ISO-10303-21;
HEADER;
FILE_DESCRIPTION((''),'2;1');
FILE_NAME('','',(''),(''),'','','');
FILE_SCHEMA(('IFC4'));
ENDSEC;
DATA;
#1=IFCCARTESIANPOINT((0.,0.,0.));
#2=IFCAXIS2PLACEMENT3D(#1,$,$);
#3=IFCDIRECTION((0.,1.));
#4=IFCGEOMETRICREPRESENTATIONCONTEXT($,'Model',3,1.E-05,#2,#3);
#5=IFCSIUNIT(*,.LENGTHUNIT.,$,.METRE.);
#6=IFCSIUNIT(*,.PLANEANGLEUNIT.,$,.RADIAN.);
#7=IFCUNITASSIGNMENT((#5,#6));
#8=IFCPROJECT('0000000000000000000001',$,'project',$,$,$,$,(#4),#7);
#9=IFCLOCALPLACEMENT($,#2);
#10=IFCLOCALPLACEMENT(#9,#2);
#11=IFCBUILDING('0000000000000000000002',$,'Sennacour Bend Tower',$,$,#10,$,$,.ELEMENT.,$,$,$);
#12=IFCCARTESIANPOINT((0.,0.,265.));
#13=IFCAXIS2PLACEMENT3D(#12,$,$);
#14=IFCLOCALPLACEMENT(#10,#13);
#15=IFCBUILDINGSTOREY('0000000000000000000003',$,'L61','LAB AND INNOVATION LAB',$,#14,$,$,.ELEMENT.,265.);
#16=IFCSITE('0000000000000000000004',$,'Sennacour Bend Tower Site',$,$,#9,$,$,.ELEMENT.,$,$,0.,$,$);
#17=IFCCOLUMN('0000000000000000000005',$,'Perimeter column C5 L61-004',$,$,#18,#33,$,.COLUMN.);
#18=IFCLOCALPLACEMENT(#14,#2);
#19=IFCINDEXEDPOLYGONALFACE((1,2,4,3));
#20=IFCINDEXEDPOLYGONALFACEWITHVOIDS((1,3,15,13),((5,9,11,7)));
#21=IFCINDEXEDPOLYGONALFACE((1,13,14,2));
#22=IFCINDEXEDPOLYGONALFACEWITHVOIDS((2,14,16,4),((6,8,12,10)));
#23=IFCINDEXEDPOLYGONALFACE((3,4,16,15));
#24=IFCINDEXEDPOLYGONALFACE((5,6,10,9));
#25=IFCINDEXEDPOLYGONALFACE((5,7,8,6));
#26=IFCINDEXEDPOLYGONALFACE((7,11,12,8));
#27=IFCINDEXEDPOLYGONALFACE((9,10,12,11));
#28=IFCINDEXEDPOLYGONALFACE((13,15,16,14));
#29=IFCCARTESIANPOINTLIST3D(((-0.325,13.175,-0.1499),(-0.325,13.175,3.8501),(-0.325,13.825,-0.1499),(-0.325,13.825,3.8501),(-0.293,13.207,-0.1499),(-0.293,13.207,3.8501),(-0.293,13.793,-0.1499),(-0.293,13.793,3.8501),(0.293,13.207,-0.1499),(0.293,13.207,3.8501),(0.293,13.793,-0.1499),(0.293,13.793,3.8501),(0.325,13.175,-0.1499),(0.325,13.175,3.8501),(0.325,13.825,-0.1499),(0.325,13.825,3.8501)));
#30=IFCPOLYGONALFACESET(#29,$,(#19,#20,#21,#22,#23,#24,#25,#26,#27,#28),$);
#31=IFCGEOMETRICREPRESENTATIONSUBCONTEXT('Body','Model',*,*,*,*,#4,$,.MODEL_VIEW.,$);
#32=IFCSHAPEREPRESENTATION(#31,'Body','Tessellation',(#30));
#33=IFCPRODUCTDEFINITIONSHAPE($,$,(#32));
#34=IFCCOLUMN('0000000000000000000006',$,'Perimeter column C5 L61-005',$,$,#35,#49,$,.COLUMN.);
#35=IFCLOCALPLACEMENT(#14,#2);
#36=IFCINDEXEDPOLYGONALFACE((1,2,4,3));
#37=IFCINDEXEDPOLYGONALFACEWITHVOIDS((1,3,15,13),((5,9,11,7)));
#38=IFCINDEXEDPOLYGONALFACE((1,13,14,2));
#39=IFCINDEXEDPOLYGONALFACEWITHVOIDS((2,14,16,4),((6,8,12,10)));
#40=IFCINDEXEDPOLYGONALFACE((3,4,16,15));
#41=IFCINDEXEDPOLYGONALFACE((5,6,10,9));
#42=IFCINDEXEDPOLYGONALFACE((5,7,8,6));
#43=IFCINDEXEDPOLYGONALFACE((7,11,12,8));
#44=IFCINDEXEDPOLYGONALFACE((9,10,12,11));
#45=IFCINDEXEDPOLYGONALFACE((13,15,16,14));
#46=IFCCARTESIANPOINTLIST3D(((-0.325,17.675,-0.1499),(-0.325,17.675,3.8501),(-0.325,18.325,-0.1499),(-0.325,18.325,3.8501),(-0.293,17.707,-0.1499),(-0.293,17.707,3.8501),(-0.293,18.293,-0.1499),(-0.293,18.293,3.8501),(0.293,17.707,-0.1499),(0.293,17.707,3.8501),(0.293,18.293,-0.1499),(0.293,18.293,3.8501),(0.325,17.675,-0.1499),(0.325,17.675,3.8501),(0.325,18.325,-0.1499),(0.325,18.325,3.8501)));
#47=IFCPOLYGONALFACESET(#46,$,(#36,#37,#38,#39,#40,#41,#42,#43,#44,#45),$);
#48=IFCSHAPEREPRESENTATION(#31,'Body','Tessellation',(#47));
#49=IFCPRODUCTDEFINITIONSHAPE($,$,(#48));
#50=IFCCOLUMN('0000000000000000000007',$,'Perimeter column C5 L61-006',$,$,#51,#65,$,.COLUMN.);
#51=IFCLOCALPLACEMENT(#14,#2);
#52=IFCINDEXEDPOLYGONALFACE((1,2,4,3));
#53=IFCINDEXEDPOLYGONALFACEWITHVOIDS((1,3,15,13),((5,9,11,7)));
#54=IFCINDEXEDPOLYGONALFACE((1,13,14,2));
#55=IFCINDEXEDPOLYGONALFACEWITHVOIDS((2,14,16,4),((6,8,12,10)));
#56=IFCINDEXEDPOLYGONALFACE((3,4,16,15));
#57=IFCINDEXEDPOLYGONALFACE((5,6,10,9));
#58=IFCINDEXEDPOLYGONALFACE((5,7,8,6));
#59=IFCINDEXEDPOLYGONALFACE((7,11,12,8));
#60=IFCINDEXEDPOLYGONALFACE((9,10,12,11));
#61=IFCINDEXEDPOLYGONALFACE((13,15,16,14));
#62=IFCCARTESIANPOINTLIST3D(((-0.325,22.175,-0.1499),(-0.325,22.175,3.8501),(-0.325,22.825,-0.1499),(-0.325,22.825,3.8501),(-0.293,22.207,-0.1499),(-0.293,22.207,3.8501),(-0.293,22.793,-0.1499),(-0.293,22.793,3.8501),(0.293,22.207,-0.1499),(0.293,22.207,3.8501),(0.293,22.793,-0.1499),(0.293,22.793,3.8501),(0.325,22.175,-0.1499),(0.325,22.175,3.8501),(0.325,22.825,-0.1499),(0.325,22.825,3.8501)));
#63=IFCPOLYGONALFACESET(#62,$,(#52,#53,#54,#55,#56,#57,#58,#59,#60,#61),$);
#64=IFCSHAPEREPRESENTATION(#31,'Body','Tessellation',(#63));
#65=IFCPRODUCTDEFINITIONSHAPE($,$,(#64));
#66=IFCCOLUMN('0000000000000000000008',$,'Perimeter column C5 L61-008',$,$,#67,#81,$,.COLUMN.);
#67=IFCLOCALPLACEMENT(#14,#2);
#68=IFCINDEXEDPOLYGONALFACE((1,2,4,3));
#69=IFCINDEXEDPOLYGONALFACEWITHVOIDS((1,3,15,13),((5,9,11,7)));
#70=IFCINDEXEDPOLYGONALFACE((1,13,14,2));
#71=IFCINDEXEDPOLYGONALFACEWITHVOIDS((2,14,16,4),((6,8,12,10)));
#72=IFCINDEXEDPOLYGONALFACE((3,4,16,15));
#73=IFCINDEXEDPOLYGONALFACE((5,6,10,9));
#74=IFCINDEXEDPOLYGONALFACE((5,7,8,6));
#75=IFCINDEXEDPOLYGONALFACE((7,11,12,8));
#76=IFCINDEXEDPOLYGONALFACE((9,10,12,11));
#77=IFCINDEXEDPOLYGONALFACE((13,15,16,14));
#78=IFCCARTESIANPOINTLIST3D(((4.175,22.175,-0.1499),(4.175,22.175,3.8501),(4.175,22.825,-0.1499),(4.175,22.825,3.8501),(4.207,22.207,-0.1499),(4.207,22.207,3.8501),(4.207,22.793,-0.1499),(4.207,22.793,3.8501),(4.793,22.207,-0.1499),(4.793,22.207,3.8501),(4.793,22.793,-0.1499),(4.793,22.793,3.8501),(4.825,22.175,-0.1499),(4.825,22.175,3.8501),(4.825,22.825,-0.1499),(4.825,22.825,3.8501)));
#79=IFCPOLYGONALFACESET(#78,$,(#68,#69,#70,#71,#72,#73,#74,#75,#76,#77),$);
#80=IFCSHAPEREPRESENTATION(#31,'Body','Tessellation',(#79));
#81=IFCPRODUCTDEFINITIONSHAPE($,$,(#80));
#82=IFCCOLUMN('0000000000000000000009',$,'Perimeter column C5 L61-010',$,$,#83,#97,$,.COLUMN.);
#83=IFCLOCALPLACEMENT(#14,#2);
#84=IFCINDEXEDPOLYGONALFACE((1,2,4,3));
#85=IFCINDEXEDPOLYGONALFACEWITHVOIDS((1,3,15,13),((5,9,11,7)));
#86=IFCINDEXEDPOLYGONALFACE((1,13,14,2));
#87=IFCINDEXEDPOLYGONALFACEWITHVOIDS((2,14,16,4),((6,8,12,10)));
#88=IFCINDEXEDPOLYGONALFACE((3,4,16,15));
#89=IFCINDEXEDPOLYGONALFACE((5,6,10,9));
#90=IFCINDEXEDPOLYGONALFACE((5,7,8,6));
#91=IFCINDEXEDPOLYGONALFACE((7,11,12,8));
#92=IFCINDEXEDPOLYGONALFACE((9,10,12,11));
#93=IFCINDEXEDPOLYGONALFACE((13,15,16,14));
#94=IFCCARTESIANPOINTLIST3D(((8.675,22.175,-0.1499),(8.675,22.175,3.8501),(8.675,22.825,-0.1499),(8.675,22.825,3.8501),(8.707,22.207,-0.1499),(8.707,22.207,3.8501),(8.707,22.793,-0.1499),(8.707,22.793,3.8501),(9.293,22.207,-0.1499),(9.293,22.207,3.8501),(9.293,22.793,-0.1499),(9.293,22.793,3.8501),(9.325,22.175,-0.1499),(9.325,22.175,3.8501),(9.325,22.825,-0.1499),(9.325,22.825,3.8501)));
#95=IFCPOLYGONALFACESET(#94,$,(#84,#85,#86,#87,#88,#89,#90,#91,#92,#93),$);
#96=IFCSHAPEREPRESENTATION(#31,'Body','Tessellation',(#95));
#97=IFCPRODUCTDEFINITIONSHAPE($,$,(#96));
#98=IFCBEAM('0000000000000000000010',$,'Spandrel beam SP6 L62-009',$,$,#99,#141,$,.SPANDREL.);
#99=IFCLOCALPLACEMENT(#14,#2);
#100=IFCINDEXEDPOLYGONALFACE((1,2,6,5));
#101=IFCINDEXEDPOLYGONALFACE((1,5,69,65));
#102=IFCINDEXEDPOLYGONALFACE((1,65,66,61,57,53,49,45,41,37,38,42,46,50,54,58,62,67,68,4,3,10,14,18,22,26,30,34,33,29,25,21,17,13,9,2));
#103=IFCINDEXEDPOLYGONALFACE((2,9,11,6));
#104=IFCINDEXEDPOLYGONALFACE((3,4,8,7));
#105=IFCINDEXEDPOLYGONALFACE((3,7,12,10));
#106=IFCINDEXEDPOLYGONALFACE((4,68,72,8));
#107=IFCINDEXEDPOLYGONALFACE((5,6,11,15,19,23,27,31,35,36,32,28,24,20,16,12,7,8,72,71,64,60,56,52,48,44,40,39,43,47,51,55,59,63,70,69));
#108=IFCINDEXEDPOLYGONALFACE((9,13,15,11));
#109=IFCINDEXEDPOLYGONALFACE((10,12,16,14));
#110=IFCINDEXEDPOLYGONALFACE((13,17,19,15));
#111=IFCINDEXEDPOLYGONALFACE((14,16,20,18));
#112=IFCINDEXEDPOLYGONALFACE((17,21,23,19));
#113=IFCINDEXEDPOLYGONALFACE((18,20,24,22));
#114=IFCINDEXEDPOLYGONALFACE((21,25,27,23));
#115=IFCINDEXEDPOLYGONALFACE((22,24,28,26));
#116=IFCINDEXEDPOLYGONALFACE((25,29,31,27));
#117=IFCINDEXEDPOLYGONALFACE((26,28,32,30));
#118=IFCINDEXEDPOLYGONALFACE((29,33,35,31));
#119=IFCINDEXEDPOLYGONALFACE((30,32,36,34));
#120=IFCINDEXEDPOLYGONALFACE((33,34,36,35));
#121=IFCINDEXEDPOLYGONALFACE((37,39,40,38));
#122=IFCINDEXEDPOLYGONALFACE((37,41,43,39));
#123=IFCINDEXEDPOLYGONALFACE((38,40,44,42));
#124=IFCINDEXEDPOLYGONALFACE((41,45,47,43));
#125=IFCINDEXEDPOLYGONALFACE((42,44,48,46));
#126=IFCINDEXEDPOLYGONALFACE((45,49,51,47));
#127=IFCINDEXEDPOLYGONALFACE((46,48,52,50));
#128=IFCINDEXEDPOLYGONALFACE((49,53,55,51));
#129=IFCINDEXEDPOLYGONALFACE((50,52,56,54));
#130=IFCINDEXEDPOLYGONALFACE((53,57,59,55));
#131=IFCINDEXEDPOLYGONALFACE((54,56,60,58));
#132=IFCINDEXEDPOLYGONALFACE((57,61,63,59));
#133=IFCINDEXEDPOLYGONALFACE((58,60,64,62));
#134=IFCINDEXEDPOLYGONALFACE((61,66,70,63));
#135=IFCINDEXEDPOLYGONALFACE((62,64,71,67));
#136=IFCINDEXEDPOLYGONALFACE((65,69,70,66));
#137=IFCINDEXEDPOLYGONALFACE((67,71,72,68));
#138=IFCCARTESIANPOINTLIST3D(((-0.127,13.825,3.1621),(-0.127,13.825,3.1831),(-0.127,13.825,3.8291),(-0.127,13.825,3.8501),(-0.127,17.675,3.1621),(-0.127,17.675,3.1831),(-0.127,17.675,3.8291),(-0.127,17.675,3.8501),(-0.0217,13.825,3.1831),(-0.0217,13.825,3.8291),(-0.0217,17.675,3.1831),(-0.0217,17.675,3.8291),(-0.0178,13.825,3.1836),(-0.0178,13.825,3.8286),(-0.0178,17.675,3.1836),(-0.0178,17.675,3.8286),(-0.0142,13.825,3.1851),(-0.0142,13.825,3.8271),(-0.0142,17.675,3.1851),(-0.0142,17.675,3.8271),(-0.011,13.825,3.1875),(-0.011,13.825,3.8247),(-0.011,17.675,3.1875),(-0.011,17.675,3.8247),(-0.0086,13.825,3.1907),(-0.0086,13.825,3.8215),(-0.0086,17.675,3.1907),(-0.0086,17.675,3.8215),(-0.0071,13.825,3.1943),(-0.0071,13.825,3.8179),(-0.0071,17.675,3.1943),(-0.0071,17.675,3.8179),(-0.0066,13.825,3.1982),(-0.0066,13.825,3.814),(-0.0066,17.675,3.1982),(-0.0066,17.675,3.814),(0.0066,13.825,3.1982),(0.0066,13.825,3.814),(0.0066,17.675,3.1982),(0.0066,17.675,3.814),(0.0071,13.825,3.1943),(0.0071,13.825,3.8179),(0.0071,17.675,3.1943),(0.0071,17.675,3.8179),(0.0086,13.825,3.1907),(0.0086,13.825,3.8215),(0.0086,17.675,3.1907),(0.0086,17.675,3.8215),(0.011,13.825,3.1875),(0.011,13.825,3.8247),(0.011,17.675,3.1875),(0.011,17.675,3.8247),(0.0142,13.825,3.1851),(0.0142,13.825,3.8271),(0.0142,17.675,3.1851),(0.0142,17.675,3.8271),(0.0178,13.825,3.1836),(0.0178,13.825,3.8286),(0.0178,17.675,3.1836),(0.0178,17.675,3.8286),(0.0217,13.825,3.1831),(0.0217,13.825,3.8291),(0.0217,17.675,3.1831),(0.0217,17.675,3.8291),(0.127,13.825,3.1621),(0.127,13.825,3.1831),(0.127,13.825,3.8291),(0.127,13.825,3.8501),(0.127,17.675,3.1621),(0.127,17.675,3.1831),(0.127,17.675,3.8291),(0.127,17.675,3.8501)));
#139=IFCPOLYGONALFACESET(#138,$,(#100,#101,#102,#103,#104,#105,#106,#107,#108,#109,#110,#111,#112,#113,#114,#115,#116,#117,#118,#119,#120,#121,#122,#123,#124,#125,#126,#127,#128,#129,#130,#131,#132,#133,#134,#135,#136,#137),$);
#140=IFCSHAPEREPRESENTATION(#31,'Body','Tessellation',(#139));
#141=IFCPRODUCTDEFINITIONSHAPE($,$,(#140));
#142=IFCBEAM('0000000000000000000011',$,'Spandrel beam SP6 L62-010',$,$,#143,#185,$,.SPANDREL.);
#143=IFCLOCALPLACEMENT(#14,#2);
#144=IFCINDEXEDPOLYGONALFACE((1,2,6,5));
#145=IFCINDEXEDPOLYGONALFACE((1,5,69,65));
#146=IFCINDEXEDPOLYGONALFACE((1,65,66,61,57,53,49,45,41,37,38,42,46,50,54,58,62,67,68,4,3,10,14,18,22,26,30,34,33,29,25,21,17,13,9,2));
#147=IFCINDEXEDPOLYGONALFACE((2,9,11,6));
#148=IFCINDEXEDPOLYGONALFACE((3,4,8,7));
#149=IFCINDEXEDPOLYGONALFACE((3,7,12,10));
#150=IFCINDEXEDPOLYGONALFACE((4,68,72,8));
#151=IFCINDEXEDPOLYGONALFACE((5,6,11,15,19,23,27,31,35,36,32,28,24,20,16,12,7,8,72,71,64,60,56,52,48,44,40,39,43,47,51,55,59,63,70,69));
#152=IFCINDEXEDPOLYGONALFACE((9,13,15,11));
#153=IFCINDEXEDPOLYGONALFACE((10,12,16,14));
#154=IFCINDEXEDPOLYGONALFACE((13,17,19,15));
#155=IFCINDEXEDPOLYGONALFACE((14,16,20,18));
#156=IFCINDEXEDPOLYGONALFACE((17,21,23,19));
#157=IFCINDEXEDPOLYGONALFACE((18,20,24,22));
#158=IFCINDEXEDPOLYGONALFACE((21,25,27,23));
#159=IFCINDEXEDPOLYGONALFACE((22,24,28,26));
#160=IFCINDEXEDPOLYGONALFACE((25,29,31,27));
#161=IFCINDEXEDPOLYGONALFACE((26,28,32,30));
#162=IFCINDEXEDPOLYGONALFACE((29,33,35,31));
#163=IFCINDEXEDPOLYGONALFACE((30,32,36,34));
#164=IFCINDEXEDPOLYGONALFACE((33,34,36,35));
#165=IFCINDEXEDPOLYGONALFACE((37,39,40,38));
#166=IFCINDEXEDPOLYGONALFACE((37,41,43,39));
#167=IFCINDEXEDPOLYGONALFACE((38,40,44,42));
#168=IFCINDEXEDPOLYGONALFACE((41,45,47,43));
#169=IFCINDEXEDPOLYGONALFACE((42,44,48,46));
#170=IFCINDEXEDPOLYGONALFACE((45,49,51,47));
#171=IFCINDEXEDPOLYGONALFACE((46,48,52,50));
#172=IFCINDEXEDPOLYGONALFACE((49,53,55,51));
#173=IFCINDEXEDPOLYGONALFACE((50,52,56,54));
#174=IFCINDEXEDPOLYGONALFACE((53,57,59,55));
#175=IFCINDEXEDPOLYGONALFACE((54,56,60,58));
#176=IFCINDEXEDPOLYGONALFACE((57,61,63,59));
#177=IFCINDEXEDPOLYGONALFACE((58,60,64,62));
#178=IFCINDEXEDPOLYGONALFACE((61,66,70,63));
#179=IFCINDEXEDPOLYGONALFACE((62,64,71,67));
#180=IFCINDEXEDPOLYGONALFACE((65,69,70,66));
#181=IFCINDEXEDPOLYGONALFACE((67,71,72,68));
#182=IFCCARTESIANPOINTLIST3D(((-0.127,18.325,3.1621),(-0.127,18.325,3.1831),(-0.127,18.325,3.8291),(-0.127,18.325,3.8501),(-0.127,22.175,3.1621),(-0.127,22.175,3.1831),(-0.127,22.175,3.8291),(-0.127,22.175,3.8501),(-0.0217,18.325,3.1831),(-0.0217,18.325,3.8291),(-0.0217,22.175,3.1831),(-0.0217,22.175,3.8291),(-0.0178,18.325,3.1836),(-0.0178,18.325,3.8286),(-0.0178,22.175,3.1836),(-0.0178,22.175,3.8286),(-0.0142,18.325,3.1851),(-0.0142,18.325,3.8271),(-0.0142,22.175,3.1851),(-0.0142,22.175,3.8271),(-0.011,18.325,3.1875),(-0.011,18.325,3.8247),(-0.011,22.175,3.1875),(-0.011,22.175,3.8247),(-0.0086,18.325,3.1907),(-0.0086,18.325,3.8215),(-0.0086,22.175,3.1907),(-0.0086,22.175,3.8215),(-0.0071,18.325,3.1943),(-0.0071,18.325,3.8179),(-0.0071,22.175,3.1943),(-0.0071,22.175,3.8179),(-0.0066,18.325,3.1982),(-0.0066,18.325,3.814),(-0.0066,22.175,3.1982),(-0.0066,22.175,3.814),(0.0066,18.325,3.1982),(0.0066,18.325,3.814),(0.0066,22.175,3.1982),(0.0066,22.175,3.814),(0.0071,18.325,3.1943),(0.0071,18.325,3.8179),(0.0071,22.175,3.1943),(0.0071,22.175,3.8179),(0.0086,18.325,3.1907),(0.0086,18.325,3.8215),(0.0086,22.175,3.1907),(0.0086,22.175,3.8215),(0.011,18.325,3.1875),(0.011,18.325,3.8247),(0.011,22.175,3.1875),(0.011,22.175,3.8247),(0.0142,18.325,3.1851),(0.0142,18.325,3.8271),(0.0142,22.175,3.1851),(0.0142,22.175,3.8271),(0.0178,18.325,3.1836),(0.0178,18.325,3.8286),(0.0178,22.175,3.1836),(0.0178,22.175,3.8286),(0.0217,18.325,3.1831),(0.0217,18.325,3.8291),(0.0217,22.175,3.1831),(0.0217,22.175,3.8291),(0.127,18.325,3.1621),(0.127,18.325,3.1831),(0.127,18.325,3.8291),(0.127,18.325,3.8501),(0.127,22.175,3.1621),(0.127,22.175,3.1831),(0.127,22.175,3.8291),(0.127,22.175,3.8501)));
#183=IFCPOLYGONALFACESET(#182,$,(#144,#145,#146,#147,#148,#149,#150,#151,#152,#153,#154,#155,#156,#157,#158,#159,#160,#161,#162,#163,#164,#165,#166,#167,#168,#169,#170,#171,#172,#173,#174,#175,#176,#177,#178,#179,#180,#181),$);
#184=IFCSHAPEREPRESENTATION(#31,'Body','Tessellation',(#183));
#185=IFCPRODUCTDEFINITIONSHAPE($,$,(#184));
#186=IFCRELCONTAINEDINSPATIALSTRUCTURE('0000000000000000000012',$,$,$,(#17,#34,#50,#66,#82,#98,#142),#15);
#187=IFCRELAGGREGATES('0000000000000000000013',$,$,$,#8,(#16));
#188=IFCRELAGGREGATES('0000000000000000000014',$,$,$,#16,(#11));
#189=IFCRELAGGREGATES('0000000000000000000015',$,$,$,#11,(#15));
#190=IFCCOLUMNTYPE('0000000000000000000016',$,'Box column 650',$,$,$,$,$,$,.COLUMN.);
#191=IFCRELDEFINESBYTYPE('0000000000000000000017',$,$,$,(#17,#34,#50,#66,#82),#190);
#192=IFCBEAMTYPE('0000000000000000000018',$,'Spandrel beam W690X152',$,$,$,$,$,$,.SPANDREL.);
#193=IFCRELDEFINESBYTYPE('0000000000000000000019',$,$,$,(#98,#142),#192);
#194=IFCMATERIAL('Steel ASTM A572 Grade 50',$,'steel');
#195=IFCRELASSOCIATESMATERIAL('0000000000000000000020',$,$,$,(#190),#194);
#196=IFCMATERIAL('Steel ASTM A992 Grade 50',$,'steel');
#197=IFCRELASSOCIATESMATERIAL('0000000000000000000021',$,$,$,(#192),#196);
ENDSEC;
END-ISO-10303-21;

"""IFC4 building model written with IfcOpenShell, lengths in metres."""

from ifc_helpers import new_model, si_unit, direction, frame, origin, origin_2d, place, context, subcontext, project, spatial, hollow_rectangle, i_section, extrude, material, material_profile, profile_set, type_object, element, save


model = new_model("IFC4")

# Units and contexts
model_context = context("Model", 3, precision=1e-05, world=origin(), true_north=direction((0.0, 1.0)))
body_context = subcontext(model_context, "Body", "Model", "MODEL_VIEW")
ifc_project = project(units=[si_unit("LENGTHUNIT", "METRE"), si_unit("PLANEANGLEUNIT", "RADIAN")], contexts=[model_context])

# Site, building, storey
site_placement = place(None, origin())
site = spatial("IfcSite", under=ifc_project, at=site_placement, Name="Sennacour Bend Tower Site", CompositionType="ELEMENT", RefElevation=0.0)
building_placement = place(site_placement, origin())
building = spatial("IfcBuilding", under=site, at=building_placement, Name="Sennacour Bend Tower", CompositionType="ELEMENT")
storey_placement = place(building_placement, frame((0.0, 0.0, 265.0)))
storey = spatial("IfcBuildingStorey", under=building, at=storey_placement, Name="L61", Description="LAB AND INNOVATION LAB", CompositionType="ELEMENT", Elevation=265.0)

# Columns
ifc_material_1 = material(Name="Steel ASTM A572 Grade 50", Category="steel")
ifc_material_profile_1 = material_profile(ifc_material_1, hollow_rectangle(XDim=0.6499, YDim=0.6499, WallThickness=0.032, at=origin_2d()), Name="Steel ASTM A572 Grade 50", Category="steel")
ifc_profile_set_1 = profile_set([ifc_material_profile_1], Name="Steel ASTM A572 Grade 50")
column_type = type_object("IfcColumnType", Name="Box column 650", PredefinedType="COLUMN", material=ifc_profile_set_1)
for number, where, z_axis, x_axis, name in (
    (1, (0.0, 13.5, -0.1499), (0.0, 0.0, 1.0), (1.0, 0.0, 0.0), "Perimeter column C5 L61-004"),
    (2, (0.0, 18.0, -0.1499), (0.0, 0.0, 1.0), (1.0, 0.0, 0.0), "Perimeter column C5 L61-005"),
    (3, (0.0, 22.5, -0.1499), (0.0, 0.0, 1.0), (1.0, 0.0, 0.0), "Perimeter column C5 L61-006"),
    (4, (4.5, 22.5, -0.1499), (0.0, 0.0, 1.0), (1.0, 0.0, 0.0), "Perimeter column C5 L61-008"),
    (5, (9.0, 22.5, -0.1499), (0.0, 0.0, 1.0), (1.0, 0.0, 0.0), "Perimeter column C5 L61-010"),
):
    element("IfcColumn", number, at=place(storey_placement, frame(where, z_axis=z_axis, x_axis=x_axis)), inside=storey, type_object=column_type, Name=name, PredefinedType="COLUMN", context=body_context, shape_type="SweptSolid", body=[
        extrude(hollow_rectangle(XDim=0.6499, YDim=0.6499, WallThickness=0.032, at=origin_2d()), origin(), (0.0, 0.0, 1.0), 4.0),
    ])

# Beams
ifc_material_2 = material(Name="Steel ASTM A992 Grade 50", Category="steel")
ifc_material_profile_2 = material_profile(ifc_material_2, i_section(OverallWidth=0.2539, OverallDepth=0.688, WebThickness=0.0132, FlangeThickness=0.021, FilletRadius=0.0151, at=origin_2d()), Name="Steel ASTM A992 Grade 50", Category="steel")
ifc_profile_set_2 = profile_set([ifc_material_profile_2], Name="Steel ASTM A992 Grade 50")
beam_type = type_object("IfcBeamType", Name="Spandrel beam W690X152", PredefinedType="SPANDREL", material=ifc_profile_set_2)
for number, where, z_axis, x_axis, name in (
    (6, (0.0, 13.825, 3.5061), (0.0, 1.0, 0.0), (-1.0, 0.0, 0.0), "Spandrel beam SP6 L62-009"),
    (7, (0.0, 18.325, 3.5061), (0.0, 1.0, 0.0), (-1.0, 0.0, 0.0), "Spandrel beam SP6 L62-010"),
):
    element("IfcBeam", number, at=place(storey_placement, frame(where, z_axis=z_axis, x_axis=x_axis)), inside=storey, type_object=beam_type, Name=name, PredefinedType="SPANDREL", context=body_context, shape_type="SweptSolid", body=[
        extrude(i_section(OverallWidth=0.2539, OverallDepth=0.688, WebThickness=0.0132, FlangeThickness=0.021, FilletRadius=0.0151, at=origin_2d()), origin(), (0.0, 0.0, 1.0), 3.8501),
    ])

save(model, "model.ifc")
